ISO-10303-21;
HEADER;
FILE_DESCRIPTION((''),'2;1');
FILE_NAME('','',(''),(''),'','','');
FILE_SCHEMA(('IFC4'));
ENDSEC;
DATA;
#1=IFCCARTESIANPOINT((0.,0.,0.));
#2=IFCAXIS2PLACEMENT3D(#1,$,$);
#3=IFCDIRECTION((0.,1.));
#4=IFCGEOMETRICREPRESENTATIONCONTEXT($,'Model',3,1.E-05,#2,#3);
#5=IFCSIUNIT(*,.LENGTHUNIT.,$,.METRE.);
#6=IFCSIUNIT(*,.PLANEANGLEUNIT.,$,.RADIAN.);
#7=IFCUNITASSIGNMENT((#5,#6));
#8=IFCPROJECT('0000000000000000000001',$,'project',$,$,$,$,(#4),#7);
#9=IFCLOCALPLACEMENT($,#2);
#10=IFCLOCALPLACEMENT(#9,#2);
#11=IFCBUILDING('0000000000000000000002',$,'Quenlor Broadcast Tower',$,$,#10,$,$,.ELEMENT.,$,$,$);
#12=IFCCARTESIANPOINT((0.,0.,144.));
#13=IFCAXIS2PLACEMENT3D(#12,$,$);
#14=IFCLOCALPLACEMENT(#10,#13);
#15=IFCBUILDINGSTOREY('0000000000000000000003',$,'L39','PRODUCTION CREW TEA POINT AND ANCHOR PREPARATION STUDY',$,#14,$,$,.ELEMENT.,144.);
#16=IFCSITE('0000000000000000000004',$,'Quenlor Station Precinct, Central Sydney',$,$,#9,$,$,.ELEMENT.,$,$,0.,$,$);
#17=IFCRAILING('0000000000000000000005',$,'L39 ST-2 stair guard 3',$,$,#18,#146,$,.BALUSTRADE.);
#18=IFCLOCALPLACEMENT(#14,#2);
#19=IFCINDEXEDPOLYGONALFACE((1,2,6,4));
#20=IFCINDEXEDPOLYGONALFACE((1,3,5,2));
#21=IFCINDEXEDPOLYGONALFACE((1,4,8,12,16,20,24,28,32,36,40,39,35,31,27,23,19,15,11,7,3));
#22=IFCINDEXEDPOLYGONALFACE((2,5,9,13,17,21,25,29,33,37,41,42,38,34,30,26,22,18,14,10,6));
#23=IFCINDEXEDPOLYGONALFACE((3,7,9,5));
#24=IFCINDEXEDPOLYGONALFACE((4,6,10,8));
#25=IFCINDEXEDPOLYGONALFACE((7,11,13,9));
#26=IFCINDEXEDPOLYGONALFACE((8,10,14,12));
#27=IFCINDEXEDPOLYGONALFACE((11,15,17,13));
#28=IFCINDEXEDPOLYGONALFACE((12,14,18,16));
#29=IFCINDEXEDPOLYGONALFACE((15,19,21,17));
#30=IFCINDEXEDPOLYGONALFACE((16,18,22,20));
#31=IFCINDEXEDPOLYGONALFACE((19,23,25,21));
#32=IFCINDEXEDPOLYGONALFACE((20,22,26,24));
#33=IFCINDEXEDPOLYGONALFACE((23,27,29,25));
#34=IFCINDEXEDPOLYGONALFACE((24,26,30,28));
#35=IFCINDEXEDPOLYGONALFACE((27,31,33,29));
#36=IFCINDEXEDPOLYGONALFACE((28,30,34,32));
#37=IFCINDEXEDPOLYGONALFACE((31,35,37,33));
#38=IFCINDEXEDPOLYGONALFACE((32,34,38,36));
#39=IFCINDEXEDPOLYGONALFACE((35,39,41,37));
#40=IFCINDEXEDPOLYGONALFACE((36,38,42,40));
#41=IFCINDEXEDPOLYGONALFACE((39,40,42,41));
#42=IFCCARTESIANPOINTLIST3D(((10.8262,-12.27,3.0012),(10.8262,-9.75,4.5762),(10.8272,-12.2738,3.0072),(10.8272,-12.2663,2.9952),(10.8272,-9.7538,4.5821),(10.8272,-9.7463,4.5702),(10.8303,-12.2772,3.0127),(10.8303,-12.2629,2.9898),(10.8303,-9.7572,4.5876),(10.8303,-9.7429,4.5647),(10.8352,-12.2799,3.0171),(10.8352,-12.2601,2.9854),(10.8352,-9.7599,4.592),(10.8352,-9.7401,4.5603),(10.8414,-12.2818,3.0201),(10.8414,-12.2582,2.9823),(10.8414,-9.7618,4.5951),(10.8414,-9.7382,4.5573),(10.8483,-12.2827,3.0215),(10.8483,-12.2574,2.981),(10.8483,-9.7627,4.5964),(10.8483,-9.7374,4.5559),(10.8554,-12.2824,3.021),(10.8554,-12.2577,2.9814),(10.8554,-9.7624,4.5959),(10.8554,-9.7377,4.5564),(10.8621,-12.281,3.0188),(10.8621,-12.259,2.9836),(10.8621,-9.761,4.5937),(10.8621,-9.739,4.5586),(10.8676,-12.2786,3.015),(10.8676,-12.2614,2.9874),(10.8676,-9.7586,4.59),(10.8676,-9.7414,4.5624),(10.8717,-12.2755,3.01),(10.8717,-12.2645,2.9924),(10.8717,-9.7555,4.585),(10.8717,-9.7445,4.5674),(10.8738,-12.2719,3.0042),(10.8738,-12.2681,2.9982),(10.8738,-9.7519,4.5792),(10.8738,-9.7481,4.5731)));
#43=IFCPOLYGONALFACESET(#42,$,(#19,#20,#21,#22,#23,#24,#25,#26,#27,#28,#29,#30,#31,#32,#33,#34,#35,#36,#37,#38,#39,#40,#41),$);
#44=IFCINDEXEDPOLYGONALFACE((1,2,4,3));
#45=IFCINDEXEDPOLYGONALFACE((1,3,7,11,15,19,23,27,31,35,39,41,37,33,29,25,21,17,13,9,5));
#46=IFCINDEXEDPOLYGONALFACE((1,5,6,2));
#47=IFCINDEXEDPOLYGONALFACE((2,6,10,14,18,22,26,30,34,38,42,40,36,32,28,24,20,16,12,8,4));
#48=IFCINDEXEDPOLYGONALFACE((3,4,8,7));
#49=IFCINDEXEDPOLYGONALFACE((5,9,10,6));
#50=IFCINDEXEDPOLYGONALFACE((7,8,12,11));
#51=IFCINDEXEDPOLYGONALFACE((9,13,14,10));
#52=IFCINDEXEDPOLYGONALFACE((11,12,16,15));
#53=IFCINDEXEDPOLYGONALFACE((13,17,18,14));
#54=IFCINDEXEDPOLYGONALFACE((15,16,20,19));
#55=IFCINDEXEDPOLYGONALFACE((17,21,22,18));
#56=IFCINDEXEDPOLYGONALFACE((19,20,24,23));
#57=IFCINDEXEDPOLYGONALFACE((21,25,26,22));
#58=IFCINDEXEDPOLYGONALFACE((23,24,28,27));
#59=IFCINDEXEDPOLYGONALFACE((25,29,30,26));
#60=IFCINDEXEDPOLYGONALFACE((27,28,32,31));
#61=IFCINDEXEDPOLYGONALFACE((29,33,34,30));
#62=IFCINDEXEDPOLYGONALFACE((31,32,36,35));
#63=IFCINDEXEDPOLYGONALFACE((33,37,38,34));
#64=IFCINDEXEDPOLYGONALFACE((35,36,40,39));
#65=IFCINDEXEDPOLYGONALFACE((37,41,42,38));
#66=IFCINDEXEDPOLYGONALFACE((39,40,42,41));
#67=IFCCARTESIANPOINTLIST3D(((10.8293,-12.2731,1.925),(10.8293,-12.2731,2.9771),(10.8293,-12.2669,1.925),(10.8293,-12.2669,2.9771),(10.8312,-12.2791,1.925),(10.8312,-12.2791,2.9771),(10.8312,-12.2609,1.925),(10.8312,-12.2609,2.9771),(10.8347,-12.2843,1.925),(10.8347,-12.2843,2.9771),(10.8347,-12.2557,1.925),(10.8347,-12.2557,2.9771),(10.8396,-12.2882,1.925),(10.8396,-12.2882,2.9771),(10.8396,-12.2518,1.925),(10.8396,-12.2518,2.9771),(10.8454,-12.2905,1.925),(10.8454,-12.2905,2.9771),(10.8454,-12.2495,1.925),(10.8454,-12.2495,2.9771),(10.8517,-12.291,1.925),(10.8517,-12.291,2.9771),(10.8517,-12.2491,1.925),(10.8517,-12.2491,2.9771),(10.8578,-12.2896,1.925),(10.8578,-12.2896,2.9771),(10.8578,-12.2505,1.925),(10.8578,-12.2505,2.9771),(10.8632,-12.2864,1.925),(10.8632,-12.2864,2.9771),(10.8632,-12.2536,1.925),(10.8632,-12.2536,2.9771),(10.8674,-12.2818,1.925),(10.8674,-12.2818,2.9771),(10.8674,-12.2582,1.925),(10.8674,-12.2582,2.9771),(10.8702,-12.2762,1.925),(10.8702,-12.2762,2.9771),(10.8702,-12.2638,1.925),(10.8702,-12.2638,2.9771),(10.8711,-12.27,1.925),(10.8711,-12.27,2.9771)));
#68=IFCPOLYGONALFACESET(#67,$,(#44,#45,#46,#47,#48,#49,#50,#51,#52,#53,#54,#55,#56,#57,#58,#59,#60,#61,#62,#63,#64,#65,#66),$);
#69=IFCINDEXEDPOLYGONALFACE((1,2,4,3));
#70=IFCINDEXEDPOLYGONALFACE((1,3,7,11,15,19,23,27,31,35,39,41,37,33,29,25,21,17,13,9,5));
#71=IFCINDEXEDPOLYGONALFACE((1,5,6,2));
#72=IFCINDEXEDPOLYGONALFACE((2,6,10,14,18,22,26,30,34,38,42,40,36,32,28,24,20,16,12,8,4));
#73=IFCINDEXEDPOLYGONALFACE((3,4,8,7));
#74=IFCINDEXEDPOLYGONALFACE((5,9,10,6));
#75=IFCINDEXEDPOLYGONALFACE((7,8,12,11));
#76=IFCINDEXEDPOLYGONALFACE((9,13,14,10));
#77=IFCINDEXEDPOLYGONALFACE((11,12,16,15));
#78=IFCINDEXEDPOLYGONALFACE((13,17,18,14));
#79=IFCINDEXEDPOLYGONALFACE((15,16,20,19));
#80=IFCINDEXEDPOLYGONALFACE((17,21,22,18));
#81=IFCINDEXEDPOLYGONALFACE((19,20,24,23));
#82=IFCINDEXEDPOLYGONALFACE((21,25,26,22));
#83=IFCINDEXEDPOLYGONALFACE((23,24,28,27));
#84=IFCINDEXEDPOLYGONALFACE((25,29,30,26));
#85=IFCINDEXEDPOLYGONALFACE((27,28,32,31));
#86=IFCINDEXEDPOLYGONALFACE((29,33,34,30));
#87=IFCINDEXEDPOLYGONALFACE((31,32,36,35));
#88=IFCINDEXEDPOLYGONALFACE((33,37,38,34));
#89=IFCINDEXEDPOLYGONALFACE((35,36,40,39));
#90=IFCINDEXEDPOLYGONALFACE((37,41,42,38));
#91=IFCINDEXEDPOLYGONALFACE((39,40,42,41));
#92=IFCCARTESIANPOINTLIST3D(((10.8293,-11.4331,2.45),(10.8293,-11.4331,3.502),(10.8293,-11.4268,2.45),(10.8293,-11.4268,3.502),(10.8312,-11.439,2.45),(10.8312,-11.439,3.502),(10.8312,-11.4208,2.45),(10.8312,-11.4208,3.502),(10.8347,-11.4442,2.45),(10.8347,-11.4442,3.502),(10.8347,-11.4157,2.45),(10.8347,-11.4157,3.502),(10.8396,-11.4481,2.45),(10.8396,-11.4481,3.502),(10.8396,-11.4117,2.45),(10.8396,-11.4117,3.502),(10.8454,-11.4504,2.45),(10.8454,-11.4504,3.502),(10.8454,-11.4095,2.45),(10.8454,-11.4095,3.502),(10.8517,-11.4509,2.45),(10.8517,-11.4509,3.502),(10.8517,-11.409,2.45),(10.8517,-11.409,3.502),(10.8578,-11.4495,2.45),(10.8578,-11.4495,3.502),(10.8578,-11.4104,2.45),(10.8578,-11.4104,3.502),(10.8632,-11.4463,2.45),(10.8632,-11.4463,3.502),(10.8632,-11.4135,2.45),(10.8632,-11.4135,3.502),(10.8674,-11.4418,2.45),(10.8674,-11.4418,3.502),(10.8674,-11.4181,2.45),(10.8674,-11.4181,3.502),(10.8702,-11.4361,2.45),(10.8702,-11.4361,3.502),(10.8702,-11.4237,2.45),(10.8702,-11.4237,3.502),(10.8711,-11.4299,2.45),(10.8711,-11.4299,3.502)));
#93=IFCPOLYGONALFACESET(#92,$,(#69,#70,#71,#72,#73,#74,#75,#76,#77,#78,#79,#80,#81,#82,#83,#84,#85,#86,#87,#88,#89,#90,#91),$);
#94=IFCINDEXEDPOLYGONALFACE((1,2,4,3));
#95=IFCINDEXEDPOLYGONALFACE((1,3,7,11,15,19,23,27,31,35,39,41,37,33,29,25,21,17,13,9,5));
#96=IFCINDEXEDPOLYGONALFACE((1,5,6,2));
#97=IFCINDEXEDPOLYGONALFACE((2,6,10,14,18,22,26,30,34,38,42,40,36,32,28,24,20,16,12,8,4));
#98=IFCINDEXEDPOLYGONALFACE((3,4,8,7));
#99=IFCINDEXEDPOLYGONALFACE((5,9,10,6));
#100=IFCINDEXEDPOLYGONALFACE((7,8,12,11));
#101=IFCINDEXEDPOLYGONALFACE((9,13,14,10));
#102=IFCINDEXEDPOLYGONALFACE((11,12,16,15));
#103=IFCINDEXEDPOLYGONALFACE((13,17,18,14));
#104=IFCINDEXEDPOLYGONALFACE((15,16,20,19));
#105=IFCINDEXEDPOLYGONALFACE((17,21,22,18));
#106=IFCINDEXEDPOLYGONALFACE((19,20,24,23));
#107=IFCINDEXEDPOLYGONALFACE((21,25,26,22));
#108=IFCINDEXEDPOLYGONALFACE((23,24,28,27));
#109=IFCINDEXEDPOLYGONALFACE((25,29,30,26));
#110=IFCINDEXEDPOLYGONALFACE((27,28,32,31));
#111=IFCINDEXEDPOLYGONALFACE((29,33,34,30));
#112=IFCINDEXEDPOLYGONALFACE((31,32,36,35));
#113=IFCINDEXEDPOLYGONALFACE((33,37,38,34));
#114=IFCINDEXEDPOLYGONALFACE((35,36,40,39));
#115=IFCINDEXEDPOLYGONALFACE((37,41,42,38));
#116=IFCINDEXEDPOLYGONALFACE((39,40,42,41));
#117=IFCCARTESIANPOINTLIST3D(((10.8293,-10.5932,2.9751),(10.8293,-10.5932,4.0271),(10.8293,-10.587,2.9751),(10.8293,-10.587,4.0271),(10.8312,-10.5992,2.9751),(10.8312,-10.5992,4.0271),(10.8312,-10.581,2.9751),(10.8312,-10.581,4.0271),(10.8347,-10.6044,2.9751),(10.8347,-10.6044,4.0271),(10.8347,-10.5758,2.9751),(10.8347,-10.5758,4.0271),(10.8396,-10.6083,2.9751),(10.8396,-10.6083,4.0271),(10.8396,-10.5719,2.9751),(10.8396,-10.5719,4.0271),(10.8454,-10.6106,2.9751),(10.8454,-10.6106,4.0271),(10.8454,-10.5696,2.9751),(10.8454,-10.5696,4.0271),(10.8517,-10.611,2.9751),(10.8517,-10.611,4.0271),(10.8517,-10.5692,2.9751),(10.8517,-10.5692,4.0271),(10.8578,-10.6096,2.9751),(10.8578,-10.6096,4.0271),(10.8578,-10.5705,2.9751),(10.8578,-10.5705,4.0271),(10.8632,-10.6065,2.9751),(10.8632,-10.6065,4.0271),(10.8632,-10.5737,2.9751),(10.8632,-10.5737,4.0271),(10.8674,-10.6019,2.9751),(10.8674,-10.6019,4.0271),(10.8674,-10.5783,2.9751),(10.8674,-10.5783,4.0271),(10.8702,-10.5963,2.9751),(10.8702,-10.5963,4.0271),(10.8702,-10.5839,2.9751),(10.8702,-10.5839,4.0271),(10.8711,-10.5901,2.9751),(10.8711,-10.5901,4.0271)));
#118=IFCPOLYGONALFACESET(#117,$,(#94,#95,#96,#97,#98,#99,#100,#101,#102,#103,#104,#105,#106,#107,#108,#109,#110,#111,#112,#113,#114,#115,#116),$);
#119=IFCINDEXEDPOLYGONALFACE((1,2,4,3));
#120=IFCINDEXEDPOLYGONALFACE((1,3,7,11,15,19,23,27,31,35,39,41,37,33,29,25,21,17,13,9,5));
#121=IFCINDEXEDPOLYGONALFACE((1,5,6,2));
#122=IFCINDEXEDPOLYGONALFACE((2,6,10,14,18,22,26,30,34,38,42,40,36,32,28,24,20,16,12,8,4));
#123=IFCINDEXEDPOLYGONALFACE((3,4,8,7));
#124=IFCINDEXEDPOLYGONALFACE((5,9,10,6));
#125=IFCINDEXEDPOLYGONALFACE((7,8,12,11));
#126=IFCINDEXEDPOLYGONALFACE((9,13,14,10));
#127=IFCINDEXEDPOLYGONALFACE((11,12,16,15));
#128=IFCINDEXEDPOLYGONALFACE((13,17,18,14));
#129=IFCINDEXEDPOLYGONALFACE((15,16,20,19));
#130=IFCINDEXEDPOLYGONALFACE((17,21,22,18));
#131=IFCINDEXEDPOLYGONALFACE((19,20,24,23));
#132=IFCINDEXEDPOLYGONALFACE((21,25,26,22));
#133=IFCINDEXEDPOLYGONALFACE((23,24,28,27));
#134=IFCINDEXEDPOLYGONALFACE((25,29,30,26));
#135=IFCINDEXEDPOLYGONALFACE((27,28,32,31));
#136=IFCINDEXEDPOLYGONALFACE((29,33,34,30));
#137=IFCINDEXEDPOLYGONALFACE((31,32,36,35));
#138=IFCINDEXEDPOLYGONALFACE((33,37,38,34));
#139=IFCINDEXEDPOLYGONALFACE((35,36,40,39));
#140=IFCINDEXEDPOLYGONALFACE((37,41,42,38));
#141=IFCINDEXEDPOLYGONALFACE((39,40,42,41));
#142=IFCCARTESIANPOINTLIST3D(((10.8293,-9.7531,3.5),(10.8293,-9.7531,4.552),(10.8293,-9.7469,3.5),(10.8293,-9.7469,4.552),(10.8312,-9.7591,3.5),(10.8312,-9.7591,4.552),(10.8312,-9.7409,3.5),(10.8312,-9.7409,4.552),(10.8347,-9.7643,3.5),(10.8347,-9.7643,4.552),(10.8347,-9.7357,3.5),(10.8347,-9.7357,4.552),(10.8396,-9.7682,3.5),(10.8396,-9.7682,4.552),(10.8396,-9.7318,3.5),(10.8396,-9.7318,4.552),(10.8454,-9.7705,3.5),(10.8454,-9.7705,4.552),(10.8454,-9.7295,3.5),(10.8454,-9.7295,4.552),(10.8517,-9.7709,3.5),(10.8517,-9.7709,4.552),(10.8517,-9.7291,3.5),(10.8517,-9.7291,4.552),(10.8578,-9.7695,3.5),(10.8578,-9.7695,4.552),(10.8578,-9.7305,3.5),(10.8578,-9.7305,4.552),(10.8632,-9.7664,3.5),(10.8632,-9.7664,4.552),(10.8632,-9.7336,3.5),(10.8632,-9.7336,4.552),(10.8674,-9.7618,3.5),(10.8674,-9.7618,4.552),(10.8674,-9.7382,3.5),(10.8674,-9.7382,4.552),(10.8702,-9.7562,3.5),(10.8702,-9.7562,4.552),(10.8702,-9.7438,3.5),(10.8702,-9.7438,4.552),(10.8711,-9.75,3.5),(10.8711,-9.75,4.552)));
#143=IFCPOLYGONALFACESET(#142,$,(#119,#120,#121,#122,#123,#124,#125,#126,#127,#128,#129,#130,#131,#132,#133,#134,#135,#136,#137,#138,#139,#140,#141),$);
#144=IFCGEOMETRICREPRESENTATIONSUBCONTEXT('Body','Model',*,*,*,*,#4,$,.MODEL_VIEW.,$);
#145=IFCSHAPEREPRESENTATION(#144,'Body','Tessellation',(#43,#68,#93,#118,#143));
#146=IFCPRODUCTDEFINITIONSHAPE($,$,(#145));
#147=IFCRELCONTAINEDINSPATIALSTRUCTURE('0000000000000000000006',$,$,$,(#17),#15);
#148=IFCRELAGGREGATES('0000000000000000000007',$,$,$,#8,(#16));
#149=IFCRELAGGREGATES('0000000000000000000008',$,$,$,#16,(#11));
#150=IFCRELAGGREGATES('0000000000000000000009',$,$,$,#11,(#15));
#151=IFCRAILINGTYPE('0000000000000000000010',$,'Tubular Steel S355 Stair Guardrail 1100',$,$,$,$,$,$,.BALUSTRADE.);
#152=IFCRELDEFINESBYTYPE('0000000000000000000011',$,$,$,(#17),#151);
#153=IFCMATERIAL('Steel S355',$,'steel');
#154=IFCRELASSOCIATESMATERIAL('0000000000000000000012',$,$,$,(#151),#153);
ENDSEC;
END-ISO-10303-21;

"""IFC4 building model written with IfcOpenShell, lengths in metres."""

from ifc_helpers import new_model, si_unit, direction, frame, origin, origin_2d, place, context, subcontext, project, spatial, circle, extrude, material, type_object, element, save


model = new_model("IFC4")

# Units and contexts
model_context = context("Model", 3, precision=1e-05, world=origin(), true_north=direction((0.0, 1.0)))
body_context = subcontext(model_context, "Body", "Model", "MODEL_VIEW")
ifc_project = project(units=[si_unit("LENGTHUNIT", "METRE"), si_unit("PLANEANGLEUNIT", "RADIAN")], contexts=[model_context])

# Site, building, storey
site_placement = place(None, origin())
site = spatial("IfcSite", under=ifc_project, at=site_placement, Name="Quenlor Station Precinct, Central Sydney", CompositionType="ELEMENT", RefElevation=0.0)
building_placement = place(site_placement, origin())
building = spatial("IfcBuilding", under=site, at=building_placement, Name="Quenlor Broadcast Tower", CompositionType="ELEMENT")
storey_placement = place(building_placement, frame((0.0, 0.0, 144.0)))
storey = spatial("IfcBuildingStorey", under=building, at=storey_placement, Name="L39", Description="PRODUCTION CREW TEA POINT AND ANCHOR PREPARATION STUDY", CompositionType="ELEMENT", Elevation=144.0)

# Railing
ifc_material_1 = material(Name="Steel S355", Category="steel")
railing_type_1 = type_object("IfcRailingType", Name="Tubular Steel S355 Stair Guardrail 1100", PredefinedType="BALUSTRADE", material=ifc_material_1)
railing_1_placement = place(storey_placement, frame((10.8501, -12.27, 1.925)))
element("IfcRailing", 1, at=railing_1_placement, inside=storey, type_object=railing_type_1, Name="L39 ST-2 stair guard 3", PredefinedType="BALUSTRADE", context=body_context, shape_type="SweptSolid", body=[
    extrude(circle(Radius=0.0239, at=origin_2d()), frame((0.0, 0.0, 1.0762), z_axis=(0.0, 0.848008, 0.529984), x_axis=(-1.0, 0.0, 0.0)), (0.0, 0.0, 1.0), 2.9717),
    extrude(circle(Radius=0.021, at=origin_2d()), origin(), (0.0, 0.0, 1.0), 1.052),
    extrude(circle(Radius=0.021, at=origin_2d()), frame((0.0, 0.8401, 0.5249)), (0.0, 0.0, 1.0), 1.052),
    extrude(circle(Radius=0.021, at=origin_2d()), frame((0.0, 1.6799, 1.05)), (0.0, 0.0, 1.0), 1.052),
    extrude(circle(Radius=0.021, at=origin_2d()), frame((0.0, 2.52, 1.575)), (0.0, 0.0, 1.0), 1.052),
])

save(model, "model.ifc")
